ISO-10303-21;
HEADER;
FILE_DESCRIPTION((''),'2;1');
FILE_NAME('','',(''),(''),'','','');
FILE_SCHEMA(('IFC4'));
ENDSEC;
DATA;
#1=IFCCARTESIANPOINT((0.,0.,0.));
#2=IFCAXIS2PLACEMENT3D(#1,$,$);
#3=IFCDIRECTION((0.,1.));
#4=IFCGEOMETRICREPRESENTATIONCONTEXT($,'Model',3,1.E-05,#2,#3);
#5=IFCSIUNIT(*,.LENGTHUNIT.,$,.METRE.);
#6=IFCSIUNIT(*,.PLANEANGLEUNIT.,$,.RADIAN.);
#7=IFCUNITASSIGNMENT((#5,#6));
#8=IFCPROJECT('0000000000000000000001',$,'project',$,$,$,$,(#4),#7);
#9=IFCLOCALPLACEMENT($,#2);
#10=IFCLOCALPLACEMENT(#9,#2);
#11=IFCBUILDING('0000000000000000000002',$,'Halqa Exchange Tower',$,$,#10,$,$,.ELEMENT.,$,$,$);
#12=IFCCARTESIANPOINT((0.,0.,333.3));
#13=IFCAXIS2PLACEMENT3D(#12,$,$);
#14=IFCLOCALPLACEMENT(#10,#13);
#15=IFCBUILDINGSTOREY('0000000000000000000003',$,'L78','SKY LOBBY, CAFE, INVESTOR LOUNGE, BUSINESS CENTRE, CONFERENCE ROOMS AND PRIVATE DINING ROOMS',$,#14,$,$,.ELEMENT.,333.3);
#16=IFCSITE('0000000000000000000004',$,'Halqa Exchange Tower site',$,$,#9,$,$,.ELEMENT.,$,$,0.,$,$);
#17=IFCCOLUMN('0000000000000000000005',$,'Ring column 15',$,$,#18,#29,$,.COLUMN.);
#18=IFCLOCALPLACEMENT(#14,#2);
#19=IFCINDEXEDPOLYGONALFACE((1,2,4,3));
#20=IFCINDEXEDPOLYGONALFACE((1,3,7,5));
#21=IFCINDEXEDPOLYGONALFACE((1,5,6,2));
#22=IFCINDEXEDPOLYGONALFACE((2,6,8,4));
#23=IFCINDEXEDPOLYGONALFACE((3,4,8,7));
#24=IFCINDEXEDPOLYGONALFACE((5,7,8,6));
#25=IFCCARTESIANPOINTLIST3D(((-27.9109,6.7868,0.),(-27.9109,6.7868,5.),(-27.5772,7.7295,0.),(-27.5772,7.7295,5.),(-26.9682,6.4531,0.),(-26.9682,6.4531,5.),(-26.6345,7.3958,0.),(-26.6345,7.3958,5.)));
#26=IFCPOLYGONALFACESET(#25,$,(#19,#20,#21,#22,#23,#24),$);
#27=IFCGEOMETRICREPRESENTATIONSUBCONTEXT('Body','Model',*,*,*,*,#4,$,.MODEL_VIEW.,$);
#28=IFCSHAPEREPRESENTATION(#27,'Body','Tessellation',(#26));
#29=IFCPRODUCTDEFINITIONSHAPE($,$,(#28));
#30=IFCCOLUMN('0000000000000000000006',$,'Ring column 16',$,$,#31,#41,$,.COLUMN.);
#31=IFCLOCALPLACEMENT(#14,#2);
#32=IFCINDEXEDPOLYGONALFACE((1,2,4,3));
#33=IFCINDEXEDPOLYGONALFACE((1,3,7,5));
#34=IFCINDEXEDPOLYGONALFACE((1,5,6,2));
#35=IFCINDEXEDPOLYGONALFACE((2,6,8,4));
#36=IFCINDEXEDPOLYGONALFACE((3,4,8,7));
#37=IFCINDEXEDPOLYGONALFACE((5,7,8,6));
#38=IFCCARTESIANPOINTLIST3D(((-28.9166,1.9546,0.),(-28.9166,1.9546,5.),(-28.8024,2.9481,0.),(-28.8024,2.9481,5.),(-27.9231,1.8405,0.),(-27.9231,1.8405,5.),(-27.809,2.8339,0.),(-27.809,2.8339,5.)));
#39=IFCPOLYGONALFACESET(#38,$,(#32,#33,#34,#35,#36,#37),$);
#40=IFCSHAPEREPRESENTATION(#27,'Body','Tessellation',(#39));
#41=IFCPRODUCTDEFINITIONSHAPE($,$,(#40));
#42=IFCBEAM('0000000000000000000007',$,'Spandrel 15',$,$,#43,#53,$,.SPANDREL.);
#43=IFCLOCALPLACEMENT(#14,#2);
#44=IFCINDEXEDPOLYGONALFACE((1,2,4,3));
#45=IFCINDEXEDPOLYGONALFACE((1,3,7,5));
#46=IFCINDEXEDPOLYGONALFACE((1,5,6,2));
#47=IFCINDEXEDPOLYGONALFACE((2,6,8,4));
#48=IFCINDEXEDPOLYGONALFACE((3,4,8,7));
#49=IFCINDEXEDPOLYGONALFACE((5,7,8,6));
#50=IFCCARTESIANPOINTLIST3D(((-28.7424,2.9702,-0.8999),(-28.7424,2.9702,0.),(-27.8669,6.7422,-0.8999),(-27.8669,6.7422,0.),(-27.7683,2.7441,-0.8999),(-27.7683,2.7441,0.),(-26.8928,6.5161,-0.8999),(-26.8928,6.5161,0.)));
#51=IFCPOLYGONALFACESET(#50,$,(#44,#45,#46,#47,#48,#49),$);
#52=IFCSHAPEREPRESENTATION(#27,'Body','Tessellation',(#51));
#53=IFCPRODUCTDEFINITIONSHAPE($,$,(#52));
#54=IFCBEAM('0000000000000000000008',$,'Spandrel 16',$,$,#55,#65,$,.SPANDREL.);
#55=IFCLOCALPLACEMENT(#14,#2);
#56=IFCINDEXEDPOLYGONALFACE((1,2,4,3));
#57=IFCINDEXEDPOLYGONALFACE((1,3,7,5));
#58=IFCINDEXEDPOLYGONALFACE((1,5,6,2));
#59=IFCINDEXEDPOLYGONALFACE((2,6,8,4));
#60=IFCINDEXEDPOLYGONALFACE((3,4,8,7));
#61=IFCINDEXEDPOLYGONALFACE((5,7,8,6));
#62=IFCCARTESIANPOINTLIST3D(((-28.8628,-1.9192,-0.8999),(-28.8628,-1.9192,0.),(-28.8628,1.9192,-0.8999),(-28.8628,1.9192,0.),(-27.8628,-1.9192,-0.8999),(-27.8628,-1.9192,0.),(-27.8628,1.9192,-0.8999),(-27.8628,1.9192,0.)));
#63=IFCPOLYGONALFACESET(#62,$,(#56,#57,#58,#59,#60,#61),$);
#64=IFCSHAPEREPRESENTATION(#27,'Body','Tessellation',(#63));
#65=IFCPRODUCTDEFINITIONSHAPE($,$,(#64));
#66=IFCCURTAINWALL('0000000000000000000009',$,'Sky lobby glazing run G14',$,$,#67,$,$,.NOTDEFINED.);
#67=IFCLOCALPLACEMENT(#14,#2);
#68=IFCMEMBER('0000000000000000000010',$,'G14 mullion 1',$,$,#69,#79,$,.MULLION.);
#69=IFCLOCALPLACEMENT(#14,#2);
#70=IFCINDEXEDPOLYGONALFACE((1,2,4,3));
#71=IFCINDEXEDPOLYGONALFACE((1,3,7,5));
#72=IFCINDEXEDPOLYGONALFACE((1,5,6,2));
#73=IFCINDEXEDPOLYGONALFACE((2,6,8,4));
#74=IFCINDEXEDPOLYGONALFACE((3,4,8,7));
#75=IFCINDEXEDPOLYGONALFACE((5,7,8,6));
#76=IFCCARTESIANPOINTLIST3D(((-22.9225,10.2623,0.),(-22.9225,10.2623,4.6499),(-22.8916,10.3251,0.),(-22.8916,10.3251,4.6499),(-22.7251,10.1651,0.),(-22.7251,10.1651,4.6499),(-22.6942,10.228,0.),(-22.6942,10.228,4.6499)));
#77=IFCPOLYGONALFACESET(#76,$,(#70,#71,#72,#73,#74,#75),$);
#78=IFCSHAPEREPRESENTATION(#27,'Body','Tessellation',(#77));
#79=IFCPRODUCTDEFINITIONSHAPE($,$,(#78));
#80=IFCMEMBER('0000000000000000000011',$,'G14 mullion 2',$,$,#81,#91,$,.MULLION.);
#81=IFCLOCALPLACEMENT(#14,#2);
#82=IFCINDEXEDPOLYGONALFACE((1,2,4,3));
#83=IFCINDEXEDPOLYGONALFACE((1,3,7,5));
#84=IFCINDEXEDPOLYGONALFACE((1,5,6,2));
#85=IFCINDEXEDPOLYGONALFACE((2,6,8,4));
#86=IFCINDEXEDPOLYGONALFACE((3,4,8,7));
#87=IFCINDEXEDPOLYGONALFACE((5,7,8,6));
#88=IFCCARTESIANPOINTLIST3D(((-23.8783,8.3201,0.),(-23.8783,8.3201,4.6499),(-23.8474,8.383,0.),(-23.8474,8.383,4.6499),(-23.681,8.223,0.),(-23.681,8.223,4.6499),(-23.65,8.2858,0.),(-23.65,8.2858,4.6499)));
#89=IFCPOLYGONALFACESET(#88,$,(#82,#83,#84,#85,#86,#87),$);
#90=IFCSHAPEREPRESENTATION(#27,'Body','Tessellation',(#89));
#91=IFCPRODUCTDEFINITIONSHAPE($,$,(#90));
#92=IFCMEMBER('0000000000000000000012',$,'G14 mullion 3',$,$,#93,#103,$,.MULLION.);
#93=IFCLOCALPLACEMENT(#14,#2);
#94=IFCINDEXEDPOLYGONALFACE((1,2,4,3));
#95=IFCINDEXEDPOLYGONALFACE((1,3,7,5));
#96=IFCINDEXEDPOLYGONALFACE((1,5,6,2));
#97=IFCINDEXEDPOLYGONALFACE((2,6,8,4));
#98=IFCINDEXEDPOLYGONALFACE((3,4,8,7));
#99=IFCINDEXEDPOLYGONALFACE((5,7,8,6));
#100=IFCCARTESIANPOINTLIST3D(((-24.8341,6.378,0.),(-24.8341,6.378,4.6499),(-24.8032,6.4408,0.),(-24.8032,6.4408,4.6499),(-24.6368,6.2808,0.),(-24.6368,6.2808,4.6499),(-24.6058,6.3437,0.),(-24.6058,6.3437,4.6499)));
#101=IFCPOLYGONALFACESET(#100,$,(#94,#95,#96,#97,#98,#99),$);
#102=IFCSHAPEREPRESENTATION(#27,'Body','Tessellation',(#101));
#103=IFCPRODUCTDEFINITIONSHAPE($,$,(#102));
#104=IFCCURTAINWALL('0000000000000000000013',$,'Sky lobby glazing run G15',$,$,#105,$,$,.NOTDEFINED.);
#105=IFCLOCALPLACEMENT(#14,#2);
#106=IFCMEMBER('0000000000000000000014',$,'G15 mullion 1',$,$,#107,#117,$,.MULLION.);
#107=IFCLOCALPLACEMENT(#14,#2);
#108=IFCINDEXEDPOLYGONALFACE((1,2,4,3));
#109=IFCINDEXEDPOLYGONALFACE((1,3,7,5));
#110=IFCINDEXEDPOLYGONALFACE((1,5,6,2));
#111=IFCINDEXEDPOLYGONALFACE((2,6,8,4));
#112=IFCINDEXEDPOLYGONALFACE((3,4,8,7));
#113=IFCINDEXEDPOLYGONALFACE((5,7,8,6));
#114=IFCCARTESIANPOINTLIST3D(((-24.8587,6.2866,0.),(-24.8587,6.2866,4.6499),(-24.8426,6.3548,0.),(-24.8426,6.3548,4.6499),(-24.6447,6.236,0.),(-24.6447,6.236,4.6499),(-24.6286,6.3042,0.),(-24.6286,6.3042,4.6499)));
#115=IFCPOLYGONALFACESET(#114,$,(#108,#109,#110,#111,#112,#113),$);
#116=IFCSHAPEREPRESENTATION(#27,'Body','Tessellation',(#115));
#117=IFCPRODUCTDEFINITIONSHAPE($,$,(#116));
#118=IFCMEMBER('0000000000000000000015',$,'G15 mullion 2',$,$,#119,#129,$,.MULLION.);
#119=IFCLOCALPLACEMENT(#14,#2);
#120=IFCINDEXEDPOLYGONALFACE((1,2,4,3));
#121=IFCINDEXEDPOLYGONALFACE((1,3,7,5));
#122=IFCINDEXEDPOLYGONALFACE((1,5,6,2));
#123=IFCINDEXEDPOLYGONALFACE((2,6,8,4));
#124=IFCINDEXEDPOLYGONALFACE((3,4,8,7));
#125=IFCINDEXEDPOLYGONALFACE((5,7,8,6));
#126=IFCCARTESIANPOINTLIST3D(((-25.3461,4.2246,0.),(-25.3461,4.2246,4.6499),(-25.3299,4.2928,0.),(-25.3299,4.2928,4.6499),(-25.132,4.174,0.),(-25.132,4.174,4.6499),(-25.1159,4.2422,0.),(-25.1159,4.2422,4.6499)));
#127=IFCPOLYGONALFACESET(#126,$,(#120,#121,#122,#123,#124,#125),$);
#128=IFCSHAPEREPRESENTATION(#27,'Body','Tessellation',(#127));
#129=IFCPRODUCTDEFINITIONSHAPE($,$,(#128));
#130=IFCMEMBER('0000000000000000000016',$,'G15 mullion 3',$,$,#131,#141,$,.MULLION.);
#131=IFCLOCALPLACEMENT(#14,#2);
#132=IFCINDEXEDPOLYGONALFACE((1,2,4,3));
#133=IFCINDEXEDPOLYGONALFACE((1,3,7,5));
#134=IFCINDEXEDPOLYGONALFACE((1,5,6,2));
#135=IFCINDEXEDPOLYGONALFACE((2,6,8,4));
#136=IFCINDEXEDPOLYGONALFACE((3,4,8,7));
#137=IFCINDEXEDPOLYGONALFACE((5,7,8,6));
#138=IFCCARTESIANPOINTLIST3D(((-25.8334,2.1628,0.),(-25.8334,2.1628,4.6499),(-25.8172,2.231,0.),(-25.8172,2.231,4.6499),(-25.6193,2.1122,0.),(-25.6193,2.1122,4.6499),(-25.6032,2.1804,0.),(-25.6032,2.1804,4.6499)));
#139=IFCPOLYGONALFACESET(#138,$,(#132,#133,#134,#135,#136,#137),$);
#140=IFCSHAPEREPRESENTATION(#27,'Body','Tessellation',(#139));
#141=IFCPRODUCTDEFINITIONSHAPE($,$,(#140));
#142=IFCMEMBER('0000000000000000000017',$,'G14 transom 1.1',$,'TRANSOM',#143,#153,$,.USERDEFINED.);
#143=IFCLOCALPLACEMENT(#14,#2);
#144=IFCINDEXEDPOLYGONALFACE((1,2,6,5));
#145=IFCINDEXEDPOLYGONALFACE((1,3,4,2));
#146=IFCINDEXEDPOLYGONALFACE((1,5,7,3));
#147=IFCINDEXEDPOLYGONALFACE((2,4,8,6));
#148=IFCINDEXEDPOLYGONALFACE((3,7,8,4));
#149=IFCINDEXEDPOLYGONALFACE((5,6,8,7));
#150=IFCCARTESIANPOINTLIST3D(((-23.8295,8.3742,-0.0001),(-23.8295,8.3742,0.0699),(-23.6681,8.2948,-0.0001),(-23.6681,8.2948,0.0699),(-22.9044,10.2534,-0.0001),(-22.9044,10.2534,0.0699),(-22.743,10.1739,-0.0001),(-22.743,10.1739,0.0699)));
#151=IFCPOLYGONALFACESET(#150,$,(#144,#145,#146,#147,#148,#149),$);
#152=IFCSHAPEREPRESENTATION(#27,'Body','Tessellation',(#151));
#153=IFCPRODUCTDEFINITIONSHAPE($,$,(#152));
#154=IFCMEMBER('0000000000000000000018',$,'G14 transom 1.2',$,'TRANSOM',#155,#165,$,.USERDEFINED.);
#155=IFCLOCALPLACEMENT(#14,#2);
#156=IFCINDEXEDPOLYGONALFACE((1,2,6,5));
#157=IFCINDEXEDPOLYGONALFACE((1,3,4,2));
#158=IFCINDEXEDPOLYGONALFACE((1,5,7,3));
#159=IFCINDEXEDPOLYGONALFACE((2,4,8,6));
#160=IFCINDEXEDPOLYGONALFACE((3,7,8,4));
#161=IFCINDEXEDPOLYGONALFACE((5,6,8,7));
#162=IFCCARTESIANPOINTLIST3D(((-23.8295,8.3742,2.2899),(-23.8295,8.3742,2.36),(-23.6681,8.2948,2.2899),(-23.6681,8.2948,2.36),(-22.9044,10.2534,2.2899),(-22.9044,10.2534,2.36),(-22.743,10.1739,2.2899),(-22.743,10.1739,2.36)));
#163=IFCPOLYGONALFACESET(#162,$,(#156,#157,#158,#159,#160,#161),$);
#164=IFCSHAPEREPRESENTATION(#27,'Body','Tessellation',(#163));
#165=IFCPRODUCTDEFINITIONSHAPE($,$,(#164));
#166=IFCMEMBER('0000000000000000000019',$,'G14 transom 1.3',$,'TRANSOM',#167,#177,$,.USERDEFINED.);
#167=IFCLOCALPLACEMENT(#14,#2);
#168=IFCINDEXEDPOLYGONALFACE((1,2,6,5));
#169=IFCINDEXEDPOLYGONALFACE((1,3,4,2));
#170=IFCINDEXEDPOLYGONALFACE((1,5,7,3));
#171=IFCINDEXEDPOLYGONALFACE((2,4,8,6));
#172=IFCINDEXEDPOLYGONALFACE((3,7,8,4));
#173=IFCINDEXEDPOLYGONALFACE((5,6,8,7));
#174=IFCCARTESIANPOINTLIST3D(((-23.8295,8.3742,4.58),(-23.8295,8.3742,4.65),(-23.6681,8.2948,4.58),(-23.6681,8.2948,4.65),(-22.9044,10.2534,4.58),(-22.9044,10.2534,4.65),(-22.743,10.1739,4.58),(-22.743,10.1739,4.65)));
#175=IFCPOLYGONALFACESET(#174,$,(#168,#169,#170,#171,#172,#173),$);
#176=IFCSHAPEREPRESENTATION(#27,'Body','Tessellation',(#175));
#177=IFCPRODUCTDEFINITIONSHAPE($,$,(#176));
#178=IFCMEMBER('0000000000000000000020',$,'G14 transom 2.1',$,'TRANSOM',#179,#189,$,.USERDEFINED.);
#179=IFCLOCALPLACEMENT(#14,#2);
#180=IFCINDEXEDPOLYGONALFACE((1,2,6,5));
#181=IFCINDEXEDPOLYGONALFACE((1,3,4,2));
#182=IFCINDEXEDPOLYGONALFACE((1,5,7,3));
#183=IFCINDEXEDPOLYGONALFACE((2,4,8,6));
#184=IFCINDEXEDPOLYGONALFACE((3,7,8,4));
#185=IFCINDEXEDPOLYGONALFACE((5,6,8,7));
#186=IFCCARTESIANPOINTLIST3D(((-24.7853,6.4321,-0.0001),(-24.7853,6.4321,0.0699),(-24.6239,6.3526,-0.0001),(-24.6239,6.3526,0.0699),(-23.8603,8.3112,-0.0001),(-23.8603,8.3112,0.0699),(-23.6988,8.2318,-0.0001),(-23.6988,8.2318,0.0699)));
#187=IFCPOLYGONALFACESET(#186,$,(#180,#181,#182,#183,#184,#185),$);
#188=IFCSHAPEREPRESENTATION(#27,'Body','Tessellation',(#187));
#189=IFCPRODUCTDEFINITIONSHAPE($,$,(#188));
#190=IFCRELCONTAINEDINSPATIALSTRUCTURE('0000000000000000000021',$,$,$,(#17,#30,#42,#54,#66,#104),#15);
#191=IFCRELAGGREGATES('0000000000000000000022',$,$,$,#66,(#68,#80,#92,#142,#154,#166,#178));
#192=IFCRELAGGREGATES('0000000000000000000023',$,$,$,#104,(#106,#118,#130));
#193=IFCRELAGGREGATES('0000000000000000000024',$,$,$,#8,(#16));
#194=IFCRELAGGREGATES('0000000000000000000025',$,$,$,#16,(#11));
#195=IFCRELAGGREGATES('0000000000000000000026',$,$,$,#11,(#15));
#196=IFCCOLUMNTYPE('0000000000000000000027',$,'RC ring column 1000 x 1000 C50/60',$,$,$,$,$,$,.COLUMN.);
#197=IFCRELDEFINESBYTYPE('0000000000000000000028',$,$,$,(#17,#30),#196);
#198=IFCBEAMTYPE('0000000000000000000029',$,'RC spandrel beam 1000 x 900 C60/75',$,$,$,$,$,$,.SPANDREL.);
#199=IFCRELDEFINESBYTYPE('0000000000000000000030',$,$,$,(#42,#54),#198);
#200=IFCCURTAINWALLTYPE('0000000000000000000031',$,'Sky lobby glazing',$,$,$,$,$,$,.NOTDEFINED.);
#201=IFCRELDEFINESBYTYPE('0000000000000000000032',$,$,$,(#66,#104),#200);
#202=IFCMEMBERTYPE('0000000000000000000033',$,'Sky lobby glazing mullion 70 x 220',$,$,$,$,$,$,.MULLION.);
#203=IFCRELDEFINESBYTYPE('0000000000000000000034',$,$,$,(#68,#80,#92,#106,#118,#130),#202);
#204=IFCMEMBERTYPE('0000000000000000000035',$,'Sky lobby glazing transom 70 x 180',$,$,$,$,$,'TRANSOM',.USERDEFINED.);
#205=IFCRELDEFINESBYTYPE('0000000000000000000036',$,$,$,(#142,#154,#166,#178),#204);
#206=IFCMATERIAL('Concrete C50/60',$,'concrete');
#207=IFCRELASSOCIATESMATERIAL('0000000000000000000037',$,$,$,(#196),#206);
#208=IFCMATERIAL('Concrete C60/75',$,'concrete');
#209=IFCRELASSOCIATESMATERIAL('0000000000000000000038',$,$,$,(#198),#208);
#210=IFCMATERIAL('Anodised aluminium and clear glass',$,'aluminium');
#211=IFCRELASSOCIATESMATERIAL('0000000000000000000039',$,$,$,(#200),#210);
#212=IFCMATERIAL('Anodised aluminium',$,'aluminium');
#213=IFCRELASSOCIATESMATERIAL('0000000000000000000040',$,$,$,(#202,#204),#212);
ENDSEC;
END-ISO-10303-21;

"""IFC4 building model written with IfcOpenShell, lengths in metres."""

from ifc_helpers import new_model, si_unit, direction, frame, origin, origin_2d, place, context, subcontext, project, spatial, rectangle, extrude, material, material_profile, profile_set, type_object, element, aggregate, save


model = new_model("IFC4")

# Units and contexts
model_context = context("Model", 3, precision=1e-05, world=origin(), true_north=direction((0.0, 1.0)))
body_context = subcontext(model_context, "Body", "Model", "MODEL_VIEW")
ifc_project = project(units=[si_unit("LENGTHUNIT", "METRE"), si_unit("PLANEANGLEUNIT", "RADIAN")], contexts=[model_context])

# Site, building, storey
site_placement = place(None, origin())
site = spatial("IfcSite", under=ifc_project, at=site_placement, Name="Halqa Exchange Tower site", CompositionType="ELEMENT", RefElevation=0.0)
building_placement = place(site_placement, origin())
building = spatial("IfcBuilding", under=site, at=building_placement, Name="Halqa Exchange Tower", CompositionType="ELEMENT")
storey_placement = place(building_placement, frame((0.0, 0.0, 333.3)))
storey = spatial("IfcBuildingStorey", under=building, at=storey_placement, Name="L78", Description="SKY LOBBY, CAFE, INVESTOR LOUNGE, BUSINESS CENTRE, CONFERENCE ROOMS AND PRIVATE DINING ROOMS", CompositionType="ELEMENT", Elevation=333.3)

# Columns
ifc_material_1 = material(Name="Concrete C50/60", Category="concrete")
ifc_material_profile_1 = material_profile(ifc_material_1, rectangle(XDim=1.0, YDim=1.0, at=origin_2d()), Name="1000 x 1000")
ifc_profile_set_1 = profile_set([ifc_material_profile_1], Name="Concrete C50/60")
column_type = type_object("IfcColumnType", Name="RC ring column 1000 x 1000 C50/60", PredefinedType="COLUMN", material=ifc_profile_set_1)
for number, where, z_axis, x_axis, name in (
    (1, (-27.2727, 7.0913, 0.0), (0.0, 0.0, 1.0), (-0.333624, -0.942706, 0.0), "Ring column 15"),
    (2, (-28.3628, 2.3943, 0.0), (0.0, 0.0, 1.0), (-0.11416, -0.993462, 0.0), "Ring column 16"),
):
    element("IfcColumn", number, at=place(storey_placement, frame(where, z_axis=z_axis, x_axis=x_axis)), inside=storey, type_object=column_type, Name=name, PredefinedType="COLUMN", context=body_context, shape_type="SweptSolid", body=[
        extrude(rectangle(XDim=1.0, YDim=1.0, at=origin_2d()), origin(), (0.0, 0.0, 1.0), 5.0),
    ])

# Beams
ifc_material_2 = material(Name="Concrete C60/75", Category="concrete")
ifc_material_profile_2 = material_profile(ifc_material_2, rectangle(XDim=1.0, YDim=0.8999, at=origin_2d()), Name="1000 x 900")
ifc_profile_set_2 = profile_set([ifc_material_profile_2], Name="Concrete C60/75")
beam_type = type_object("IfcBeamType", Name="RC spandrel beam 1000 x 900 C60/75", PredefinedType="SPANDREL", material=ifc_profile_set_2)
beam_1_placement = place(storey_placement, frame((-27.3799, 6.6292, -0.45), z_axis=(-0.226093, -0.974106, 0.0), x_axis=(0.974106, -0.226093, 0.0)))
element("IfcBeam", 3, at=beam_1_placement, inside=storey, type_object=beam_type, Name="Spandrel 15", PredefinedType="SPANDREL", context=body_context, shape_type="SweptSolid", body=[
    extrude(rectangle(XDim=1.0, YDim=0.8999, at=origin_2d()), origin(), (0.0, 0.0, 1.0), 3.8723),
])
beam_2_placement = place(storey_placement, frame((-28.3628, 1.9192, -0.45), z_axis=(0.0, -1.0, 0.0), x_axis=(1.0, 0.0, 0.0)))
element("IfcBeam", 4, at=beam_2_placement, inside=storey, type_object=beam_type, Name="Spandrel 16", PredefinedType="SPANDREL", context=body_context, shape_type="SweptSolid", body=[
    extrude(rectangle(XDim=1.0, YDim=0.8999, at=origin_2d()), origin(), (0.0, 0.0, 1.0), 3.8384),
])

# Curtain walls, members
ifc_material_3 = material(Name="Anodised aluminium and clear glass", Category="aluminium")
curtain_wall_type = type_object("IfcCurtainWallType", Name="Sky lobby glazing", PredefinedType="NOTDEFINED", material=ifc_material_3)
curtain_wall_1_placement = place(storey_placement, origin())
curtain_wall_1 = element("IfcCurtainWall", 5, at=curtain_wall_1_placement, inside=storey, type_object=curtain_wall_type, Name="Sky lobby glazing run G14", PredefinedType="NOTDEFINED")
ifc_material_4 = material(Name="Anodised aluminium", Category="aluminium")
ifc_material_profile_3 = material_profile(ifc_material_4, rectangle(XDim=0.22, YDim=0.0701, at=origin_2d()), Name="AL 70x220")
ifc_profile_set_3 = profile_set([ifc_material_profile_3], Name="Anodised aluminium")
member_type_1 = type_object("IfcMemberType", Name="Sky lobby glazing mullion 70 x 220", PredefinedType="MULLION", material=ifc_profile_set_3)
member_1_placement = place(storey_placement, frame((-22.8083, 10.2451, 0.0), z_axis=(0.0, 0.0, 1.0), x_axis=(0.897215, -0.441595, 0.0)))
member_1 = element("IfcMember", 6, at=member_1_placement, type_object=member_type_1, Name="G14 mullion 1", PredefinedType="MULLION", context=body_context, shape_type="SweptSolid", body=[
    extrude(rectangle(XDim=0.22, YDim=0.0701, at=origin_2d()), origin(), (0.0, 0.0, 1.0), 4.6499),
])
member_2_placement = place(storey_placement, frame((-23.7642, 8.303, 0.0), z_axis=(0.0, 0.0, 1.0), x_axis=(0.897215, -0.441595, 0.0)))
member_2 = element("IfcMember", 7, at=member_2_placement, type_object=member_type_1, Name="G14 mullion 2", PredefinedType="MULLION", context=body_context, shape_type="SweptSolid", body=[
    extrude(rectangle(XDim=0.22, YDim=0.0701, at=origin_2d()), origin(), (0.0, 0.0, 1.0), 4.6499),
])
member_3_placement = place(storey_placement, frame((-24.72, 6.3608, 0.0), z_axis=(0.0, 0.0, 1.0), x_axis=(0.897215, -0.441595, 0.0)))
member_3 = element("IfcMember", 8, at=member_3_placement, type_object=member_type_1, Name="G14 mullion 3", PredefinedType="MULLION", context=body_context, shape_type="SweptSolid", body=[
    extrude(rectangle(XDim=0.22, YDim=0.0701, at=origin_2d()), origin(), (0.0, 0.0, 1.0), 4.6499),
])
curtain_wall_2_placement = place(storey_placement, origin())
curtain_wall_2 = element("IfcCurtainWall", 9, at=curtain_wall_2_placement, inside=storey, type_object=curtain_wall_type, Name="Sky lobby glazing run G15", PredefinedType="NOTDEFINED")
member_4_placement = place(storey_placement, frame((-24.7437, 6.2954, 0.0), z_axis=(0.0, 0.0, 1.0), x_axis=(0.973192, -0.229995, 0.0)))
member_4 = element("IfcMember", 10, at=member_4_placement, type_object=member_type_1, Name="G15 mullion 1", PredefinedType="MULLION", context=body_context, shape_type="SweptSolid", body=[
    extrude(rectangle(XDim=0.22, YDim=0.0701, at=origin_2d()), origin(), (0.0, 0.0, 1.0), 4.6499),
])
member_5_placement = place(storey_placement, frame((-25.231, 4.2334, 0.0), z_axis=(0.0, 0.0, 1.0), x_axis=(0.973192, -0.229995, 0.0)))
member_5 = element("IfcMember", 11, at=member_5_placement, type_object=member_type_1, Name="G15 mullion 2", PredefinedType="MULLION", context=body_context, shape_type="SweptSolid", body=[
    extrude(rectangle(XDim=0.22, YDim=0.0701, at=origin_2d()), origin(), (0.0, 0.0, 1.0), 4.6499),
])
member_6_placement = place(storey_placement, frame((-25.7183, 2.1716, 0.0), z_axis=(0.0, 0.0, 1.0), x_axis=(0.973192, -0.229995, 0.0)))
member_6 = element("IfcMember", 12, at=member_6_placement, type_object=member_type_1, Name="G15 mullion 3", PredefinedType="MULLION", context=body_context, shape_type="SweptSolid", body=[
    extrude(rectangle(XDim=0.22, YDim=0.0701, at=origin_2d()), origin(), (0.0, 0.0, 1.0), 4.6499),
])

# Members
ifc_material_profile_4 = material_profile(ifc_material_4, rectangle(XDim=0.1799, YDim=0.0701, at=origin_2d()), Name="AL 70x180")
ifc_profile_set_4 = profile_set([ifc_material_profile_4], Name="Anodised aluminium")
member_type_2 = type_object("IfcMemberType", Name="Sky lobby glazing transom 70 x 180", ElementType="TRANSOM", PredefinedType="USERDEFINED", material=ifc_profile_set_4)
member_7_placement = place(storey_placement, frame((-22.8237, 10.2136, 0.0349), z_axis=(-0.441657, -0.897184, 0.0), x_axis=(0.897184, -0.441657, 0.0)))
member_7 = element("IfcMember", 13, at=member_7_placement, type_object=member_type_2, Name="G14 transom 1.1", ObjectType="TRANSOM", PredefinedType="USERDEFINED", context=body_context, shape_type="SweptSolid", body=[
    extrude(rectangle(XDim=0.1799, YDim=0.0701, at=origin_2d()), origin(), (0.0, 0.0, 1.0), 2.0945),
])
member_8_placement = place(storey_placement, frame((-22.8237, 10.2136, 2.325), z_axis=(-0.441657, -0.897184, 0.0), x_axis=(0.897184, -0.441657, 0.0)))
member_8 = element("IfcMember", 14, at=member_8_placement, type_object=member_type_2, Name="G14 transom 1.2", ObjectType="TRANSOM", PredefinedType="USERDEFINED", context=body_context, shape_type="SweptSolid", body=[
    extrude(rectangle(XDim=0.1799, YDim=0.0701, at=origin_2d()), origin(), (0.0, 0.0, 1.0), 2.0945),
])
member_9_placement = place(storey_placement, frame((-22.8237, 10.2136, 4.615), z_axis=(-0.441657, -0.897184, 0.0), x_axis=(0.897184, -0.441657, 0.0)))
member_9 = element("IfcMember", 15, at=member_9_placement, type_object=member_type_2, Name="G14 transom 1.3", ObjectType="TRANSOM", PredefinedType="USERDEFINED", context=body_context, shape_type="SweptSolid", body=[
    extrude(rectangle(XDim=0.1799, YDim=0.0701, at=origin_2d()), origin(), (0.0, 0.0, 1.0), 2.0945),
])
member_10_placement = place(storey_placement, frame((-23.7795, 8.2715, 0.0349), z_axis=(-0.441657, -0.897184, 0.0), x_axis=(0.897184, -0.441657, 0.0)))
member_10 = element("IfcMember", 16, at=member_10_placement, type_object=member_type_2, Name="G14 transom 2.1", ObjectType="TRANSOM", PredefinedType="USERDEFINED", context=body_context, shape_type="SweptSolid", body=[
    extrude(rectangle(XDim=0.1799, YDim=0.0701, at=origin_2d()), origin(), (0.0, 0.0, 1.0), 2.0945),
])

aggregate(curtain_wall_1, [member_1, member_2, member_3, member_7, member_8, member_9, member_10])
aggregate(curtain_wall_2, [member_4, member_5, member_6])

save(model, "model.ifc")
